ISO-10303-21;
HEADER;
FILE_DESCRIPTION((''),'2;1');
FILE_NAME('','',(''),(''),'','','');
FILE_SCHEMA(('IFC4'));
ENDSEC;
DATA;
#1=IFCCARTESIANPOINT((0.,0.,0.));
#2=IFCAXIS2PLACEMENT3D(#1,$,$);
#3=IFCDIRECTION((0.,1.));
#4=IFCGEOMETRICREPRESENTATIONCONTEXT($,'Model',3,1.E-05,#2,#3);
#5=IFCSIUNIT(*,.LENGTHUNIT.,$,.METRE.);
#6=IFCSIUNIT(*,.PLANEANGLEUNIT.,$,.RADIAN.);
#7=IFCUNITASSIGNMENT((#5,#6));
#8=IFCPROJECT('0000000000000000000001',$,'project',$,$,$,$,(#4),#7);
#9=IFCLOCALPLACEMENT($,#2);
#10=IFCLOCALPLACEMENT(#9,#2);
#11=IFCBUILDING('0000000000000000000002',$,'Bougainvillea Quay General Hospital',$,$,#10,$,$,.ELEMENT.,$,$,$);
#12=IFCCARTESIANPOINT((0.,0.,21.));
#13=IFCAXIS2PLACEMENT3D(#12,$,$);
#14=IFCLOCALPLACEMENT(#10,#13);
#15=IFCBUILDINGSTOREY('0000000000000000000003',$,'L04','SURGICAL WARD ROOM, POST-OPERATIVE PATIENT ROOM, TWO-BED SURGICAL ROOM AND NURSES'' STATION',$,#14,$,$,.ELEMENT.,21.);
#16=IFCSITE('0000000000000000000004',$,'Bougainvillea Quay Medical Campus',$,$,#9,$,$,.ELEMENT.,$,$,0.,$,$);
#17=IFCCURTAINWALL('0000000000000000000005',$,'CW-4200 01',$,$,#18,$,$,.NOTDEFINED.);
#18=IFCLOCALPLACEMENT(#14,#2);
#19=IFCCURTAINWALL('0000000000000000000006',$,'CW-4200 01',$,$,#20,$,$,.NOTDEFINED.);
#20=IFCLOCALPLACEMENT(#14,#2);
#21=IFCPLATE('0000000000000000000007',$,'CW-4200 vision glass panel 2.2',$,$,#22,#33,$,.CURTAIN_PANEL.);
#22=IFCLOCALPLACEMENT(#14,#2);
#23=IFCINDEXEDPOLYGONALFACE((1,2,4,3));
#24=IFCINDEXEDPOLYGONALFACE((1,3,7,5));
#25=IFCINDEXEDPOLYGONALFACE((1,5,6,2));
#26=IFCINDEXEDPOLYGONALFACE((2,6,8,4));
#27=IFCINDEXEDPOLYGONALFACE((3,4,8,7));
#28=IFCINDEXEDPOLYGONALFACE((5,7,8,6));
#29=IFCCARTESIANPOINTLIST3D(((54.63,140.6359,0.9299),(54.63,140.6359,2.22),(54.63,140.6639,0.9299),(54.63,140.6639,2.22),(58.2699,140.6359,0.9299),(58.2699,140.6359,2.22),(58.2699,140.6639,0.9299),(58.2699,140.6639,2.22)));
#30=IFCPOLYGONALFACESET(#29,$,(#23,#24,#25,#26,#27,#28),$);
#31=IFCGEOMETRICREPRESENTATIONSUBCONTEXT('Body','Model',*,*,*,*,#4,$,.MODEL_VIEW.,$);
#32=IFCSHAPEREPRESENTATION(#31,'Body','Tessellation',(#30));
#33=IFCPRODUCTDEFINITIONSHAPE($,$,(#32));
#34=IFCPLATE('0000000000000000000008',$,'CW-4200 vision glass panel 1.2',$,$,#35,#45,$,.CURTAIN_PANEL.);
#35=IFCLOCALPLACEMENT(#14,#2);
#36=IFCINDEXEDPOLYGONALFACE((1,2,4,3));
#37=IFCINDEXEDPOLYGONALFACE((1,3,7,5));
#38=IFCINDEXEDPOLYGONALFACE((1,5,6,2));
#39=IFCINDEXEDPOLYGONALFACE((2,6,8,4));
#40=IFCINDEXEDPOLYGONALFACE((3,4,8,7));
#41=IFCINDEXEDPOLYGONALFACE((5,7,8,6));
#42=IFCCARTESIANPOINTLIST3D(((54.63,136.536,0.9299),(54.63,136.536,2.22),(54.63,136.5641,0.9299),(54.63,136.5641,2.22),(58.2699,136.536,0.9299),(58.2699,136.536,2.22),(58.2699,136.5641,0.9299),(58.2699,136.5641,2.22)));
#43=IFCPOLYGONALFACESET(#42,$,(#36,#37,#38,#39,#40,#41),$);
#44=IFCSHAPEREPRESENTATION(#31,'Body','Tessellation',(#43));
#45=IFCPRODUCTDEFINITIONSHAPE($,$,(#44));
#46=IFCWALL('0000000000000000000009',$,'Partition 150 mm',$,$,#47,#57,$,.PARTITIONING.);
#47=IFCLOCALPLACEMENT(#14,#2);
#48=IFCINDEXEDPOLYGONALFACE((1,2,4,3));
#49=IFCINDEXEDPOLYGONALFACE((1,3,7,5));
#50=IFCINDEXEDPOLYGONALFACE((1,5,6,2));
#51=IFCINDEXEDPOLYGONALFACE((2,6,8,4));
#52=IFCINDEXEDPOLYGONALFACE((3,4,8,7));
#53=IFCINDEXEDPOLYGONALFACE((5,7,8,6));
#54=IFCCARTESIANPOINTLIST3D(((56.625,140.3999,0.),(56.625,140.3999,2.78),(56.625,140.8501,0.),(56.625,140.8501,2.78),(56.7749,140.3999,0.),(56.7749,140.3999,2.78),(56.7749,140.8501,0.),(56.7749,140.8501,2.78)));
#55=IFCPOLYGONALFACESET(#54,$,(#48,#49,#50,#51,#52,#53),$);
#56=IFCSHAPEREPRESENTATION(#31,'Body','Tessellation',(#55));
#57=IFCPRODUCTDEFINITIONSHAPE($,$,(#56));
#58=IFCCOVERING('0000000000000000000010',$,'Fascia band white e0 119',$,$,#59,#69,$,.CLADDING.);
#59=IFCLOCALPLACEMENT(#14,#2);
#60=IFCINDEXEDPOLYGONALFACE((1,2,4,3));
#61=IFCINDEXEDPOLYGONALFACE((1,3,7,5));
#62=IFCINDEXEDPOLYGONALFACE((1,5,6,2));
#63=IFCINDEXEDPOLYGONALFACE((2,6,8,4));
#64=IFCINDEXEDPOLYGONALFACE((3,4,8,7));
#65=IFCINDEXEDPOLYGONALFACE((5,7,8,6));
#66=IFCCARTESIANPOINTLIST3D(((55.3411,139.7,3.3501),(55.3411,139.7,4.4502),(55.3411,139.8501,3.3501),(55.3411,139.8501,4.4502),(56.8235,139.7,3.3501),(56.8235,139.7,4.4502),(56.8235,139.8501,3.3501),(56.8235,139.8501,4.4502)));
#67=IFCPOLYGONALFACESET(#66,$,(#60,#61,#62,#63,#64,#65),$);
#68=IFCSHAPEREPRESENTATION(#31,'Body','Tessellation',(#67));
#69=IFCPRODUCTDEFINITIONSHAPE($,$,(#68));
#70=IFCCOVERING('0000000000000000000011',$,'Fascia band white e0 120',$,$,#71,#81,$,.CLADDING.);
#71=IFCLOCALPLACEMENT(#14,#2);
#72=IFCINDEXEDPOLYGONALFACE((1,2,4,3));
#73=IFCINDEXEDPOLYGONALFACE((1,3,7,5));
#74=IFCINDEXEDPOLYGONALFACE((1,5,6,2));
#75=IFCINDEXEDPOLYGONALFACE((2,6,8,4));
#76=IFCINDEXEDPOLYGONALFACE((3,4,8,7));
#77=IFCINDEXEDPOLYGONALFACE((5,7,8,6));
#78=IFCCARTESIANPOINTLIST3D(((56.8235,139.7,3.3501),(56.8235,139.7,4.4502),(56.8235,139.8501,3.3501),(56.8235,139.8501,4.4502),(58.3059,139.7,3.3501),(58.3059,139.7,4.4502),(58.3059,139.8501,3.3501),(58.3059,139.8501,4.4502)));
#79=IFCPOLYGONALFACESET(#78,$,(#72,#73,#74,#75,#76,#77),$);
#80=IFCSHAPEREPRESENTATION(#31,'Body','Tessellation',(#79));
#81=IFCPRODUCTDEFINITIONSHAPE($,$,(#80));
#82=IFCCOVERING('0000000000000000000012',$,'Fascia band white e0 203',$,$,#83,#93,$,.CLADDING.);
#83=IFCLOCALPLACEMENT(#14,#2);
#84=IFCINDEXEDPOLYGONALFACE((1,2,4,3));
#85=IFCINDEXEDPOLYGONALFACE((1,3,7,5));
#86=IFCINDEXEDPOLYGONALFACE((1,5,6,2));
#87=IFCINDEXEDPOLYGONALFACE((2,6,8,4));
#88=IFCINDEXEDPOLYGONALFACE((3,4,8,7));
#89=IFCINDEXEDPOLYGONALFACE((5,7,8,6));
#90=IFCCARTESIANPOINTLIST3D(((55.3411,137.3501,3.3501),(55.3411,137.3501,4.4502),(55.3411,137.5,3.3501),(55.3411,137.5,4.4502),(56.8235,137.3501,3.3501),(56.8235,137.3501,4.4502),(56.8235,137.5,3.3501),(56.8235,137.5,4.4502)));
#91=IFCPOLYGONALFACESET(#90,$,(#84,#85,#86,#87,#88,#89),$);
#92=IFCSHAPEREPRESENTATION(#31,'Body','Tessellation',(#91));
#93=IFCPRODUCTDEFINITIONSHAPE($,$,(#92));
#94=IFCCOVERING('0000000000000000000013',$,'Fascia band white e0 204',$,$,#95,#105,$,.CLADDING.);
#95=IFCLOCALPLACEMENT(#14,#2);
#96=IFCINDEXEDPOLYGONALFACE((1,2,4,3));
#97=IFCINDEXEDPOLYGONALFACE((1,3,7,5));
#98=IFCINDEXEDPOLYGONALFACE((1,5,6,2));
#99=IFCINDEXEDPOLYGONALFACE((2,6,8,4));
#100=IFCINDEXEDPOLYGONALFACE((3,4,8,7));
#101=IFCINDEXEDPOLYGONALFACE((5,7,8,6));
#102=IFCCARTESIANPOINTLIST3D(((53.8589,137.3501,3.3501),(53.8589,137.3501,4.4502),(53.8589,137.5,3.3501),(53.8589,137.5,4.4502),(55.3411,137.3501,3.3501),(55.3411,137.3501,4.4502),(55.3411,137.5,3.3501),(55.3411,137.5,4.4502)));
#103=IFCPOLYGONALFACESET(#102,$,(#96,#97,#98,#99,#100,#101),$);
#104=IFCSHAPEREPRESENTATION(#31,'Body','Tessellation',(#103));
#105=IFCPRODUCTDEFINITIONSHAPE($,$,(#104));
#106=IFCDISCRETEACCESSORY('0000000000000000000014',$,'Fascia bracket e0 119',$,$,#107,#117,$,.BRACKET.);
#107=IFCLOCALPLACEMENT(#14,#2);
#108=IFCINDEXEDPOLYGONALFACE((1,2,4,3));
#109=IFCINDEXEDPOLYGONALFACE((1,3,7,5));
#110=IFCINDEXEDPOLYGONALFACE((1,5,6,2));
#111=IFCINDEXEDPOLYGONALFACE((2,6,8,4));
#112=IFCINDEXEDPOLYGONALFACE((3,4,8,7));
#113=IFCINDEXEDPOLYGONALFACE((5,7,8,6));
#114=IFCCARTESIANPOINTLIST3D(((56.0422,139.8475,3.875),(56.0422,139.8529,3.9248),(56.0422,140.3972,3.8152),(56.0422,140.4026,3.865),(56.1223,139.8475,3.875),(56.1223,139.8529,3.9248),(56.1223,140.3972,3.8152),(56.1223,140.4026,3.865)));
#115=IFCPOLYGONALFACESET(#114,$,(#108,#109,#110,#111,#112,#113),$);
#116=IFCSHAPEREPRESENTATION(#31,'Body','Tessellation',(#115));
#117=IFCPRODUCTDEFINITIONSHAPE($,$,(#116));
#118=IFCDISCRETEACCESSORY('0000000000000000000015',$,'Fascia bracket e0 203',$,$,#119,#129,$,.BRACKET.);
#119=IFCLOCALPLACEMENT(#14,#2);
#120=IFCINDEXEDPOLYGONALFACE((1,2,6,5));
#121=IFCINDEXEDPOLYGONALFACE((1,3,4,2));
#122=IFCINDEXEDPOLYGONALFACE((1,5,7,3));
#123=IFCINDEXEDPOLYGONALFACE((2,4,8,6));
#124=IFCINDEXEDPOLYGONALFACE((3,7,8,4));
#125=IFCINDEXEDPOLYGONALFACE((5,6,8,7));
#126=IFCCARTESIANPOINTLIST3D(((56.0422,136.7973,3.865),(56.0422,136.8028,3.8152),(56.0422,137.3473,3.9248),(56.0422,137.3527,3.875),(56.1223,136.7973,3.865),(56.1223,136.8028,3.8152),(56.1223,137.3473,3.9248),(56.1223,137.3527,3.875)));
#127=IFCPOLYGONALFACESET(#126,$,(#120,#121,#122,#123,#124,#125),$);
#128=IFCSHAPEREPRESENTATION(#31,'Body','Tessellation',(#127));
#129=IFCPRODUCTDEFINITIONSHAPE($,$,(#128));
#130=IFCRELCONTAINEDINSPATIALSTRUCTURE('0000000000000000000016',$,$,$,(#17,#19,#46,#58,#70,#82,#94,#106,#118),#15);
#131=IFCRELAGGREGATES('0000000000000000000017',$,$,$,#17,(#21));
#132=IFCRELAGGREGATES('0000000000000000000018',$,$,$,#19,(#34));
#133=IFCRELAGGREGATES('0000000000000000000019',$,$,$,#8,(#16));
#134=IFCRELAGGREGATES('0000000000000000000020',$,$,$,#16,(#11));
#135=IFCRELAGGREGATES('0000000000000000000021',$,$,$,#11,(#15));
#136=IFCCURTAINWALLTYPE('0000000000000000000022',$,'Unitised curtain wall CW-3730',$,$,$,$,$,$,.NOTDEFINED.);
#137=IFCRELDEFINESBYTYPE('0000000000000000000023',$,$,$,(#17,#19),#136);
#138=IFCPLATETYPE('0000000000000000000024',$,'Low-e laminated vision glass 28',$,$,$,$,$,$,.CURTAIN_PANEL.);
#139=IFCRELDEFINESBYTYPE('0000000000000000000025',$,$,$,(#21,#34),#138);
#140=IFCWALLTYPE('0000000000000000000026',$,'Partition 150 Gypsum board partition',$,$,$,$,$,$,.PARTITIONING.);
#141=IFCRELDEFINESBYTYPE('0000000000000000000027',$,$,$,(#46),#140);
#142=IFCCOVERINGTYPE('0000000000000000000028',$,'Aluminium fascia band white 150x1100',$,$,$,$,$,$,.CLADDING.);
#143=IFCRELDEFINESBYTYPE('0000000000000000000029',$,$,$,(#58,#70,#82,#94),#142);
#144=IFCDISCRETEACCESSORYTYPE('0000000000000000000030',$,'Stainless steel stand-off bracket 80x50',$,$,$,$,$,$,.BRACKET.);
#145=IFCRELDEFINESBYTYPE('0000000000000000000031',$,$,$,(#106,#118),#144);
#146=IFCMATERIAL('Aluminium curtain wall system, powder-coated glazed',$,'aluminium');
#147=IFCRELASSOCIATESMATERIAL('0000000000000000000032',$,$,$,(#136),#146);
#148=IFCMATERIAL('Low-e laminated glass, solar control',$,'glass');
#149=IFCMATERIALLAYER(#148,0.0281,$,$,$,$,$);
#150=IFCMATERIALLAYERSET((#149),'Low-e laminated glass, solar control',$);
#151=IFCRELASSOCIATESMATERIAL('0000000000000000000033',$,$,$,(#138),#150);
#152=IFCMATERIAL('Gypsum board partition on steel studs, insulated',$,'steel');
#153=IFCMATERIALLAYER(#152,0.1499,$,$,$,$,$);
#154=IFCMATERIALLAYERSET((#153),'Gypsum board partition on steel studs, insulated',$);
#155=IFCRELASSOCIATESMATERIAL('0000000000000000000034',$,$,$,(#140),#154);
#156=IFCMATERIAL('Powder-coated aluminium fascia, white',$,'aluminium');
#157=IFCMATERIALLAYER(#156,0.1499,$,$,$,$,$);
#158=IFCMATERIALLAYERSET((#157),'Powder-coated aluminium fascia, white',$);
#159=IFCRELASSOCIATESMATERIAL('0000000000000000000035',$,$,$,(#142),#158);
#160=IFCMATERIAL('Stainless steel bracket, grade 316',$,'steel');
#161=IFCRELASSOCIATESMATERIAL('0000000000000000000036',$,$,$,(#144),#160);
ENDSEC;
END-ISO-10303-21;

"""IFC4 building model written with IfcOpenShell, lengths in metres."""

from ifc_helpers import new_model, si_unit, direction, frame, frame_2d, origin, origin_2d, place, context, subcontext, project, spatial, polyline, rectangle, outline, extrude, material, layer, layer_set, material_profile, profile_set, type_object, element, aggregate, save


model = new_model("IFC4")

# Units and contexts
model_context = context("Model", 3, precision=1e-05, world=origin(), true_north=direction((0.0, 1.0)))
body_context = subcontext(model_context, "Body", "Model", "MODEL_VIEW")
ifc_project = project(units=[si_unit("LENGTHUNIT", "METRE"), si_unit("PLANEANGLEUNIT", "RADIAN")], contexts=[model_context])

# Site, building, storey
site_placement = place(None, origin())
site = spatial("IfcSite", under=ifc_project, at=site_placement, Name="Bougainvillea Quay Medical Campus", CompositionType="ELEMENT", RefElevation=0.0)
building_placement = place(site_placement, origin())
building = spatial("IfcBuilding", under=site, at=building_placement, Name="Bougainvillea Quay General Hospital", CompositionType="ELEMENT")
storey_placement = place(building_placement, frame((0.0, 0.0, 21.0)))
storey = spatial("IfcBuildingStorey", under=building, at=storey_placement, Name="L04", Description="SURGICAL WARD ROOM, POST-OPERATIVE PATIENT ROOM, TWO-BED SURGICAL ROOM AND NURSES' STATION", CompositionType="ELEMENT", Elevation=21.0)

# Curtain walls
ifc_material_1 = material(Name="Aluminium curtain wall system, powder-coated glazed", Category="aluminium")
curtain_wall_type = type_object("IfcCurtainWallType", Name="Unitised curtain wall CW-3730", PredefinedType="NOTDEFINED", material=ifc_material_1)
curtain_wall_1_placement = place(storey_placement, origin())
curtain_wall_1 = element("IfcCurtainWall", 1, at=curtain_wall_1_placement, inside=storey, type_object=curtain_wall_type, Name="CW-4200 01", PredefinedType="NOTDEFINED")
curtain_wall_2_placement = place(storey_placement, origin())
curtain_wall_2 = element("IfcCurtainWall", 2, at=curtain_wall_2_placement, inside=storey, type_object=curtain_wall_type, Name="CW-4200 01", PredefinedType="NOTDEFINED")

# Plates
ifc_material_2 = material(Name="Low-e laminated glass, solar control", Category="glass")
ifc_layer_1 = layer(ifc_material_2, 0.0281)
ifc_layer_set_1 = layer_set([ifc_layer_1], Name="Low-e laminated glass, solar control")
plate_type_1 = type_object("IfcPlateType", Name="Low-e laminated vision glass 28", PredefinedType="CURTAIN_PANEL", material=ifc_layer_set_1)
plate_1_placement = place(storey_placement, frame((56.45, 140.6499, 0.9299), z_axis=(0.0, 0.0, 1.0), x_axis=(1.0, 0.0, 0.0)))
plate_1 = element("IfcPlate", 3, at=plate_1_placement, type_object=plate_type_1, Name="CW-4200 vision glass panel 2.2", PredefinedType="CURTAIN_PANEL", context=body_context, shape_type="SweptSolid", body=[
    extrude(rectangle(XDim=3.6399, YDim=0.0281, at=origin_2d()), origin(), (0.0, 0.0, 1.0), 1.29),
])
aggregate(curtain_wall_1, [plate_1])
plate_2_placement = place(storey_placement, frame((56.45, 136.55, 0.9299), z_axis=(0.0, 0.0, 1.0), x_axis=(-1.0, 0.0, 0.0)))
plate_2 = element("IfcPlate", 4, at=plate_2_placement, type_object=plate_type_1, Name="CW-4200 vision glass panel 1.2", PredefinedType="CURTAIN_PANEL", context=body_context, shape_type="SweptSolid", body=[
    extrude(rectangle(XDim=3.6399, YDim=0.0281, at=origin_2d()), origin(), (0.0, 0.0, 1.0), 1.29),
])
aggregate(curtain_wall_2, [plate_2])

# Wall
ifc_material_3 = material(Name="Gypsum board partition on steel studs, insulated", Category="steel")
ifc_layer_2 = layer(ifc_material_3, 0.1499)
ifc_layer_set_2 = layer_set([ifc_layer_2], Name="Gypsum board partition on steel studs, insulated")
wall_type = type_object("IfcWallType", Name="Partition 150 Gypsum board partition", PredefinedType="PARTITIONING", material=ifc_layer_set_2)
wall_placement = place(storey_placement, frame((56.7, 140.3999, 0.0), z_axis=(0.0, 0.0, 1.0), x_axis=(0.0, 1.0, 0.0)))
element("IfcWall", 5, at=wall_placement, inside=storey, type_object=wall_type, Name="Partition 150 mm", PredefinedType="PARTITIONING", context=body_context, shape_type="SweptSolid", body=[
    extrude(rectangle(XDim=0.4502, YDim=0.1499, at=frame_2d((0.2251, 0.0))), origin(), (0.0, 0.0, 1.0), 2.78),
])

# Coverings
ifc_material_4 = material(Name="Powder-coated aluminium fascia, white", Category="aluminium")
ifc_layer_3 = layer(ifc_material_4, 0.1499)
ifc_layer_set_3 = layer_set([ifc_layer_3], Name="Powder-coated aluminium fascia, white")
covering_type = type_object("IfcCoveringType", Name="Aluminium fascia band white 150x1100", PredefinedType="CLADDING", material=ifc_layer_set_3)
for number, where, z_axis, x_axis, name in (
    (6, (55.3411, 139.8501, 3.3501), (0.0, 0.0, 1.0), (1.0, 0.0, 0.0), "Fascia band white e0 119"),
    (7, (56.8235, 139.8501, 3.3501), (0.0, 0.0, 1.0), (1.0, 0.0, 0.0), "Fascia band white e0 120"),
):
    element("IfcCovering", number, at=place(storey_placement, frame(where, z_axis=z_axis, x_axis=x_axis)), inside=storey, type_object=covering_type, Name=name, PredefinedType="CLADDING", context=body_context, shape_type="SweptSolid", body=[
        extrude(outline(polyline([(0.0, 0.0), (1.4824, 0.0), (1.4824, -0.1501), (0.0, -0.1501), (0.0, 0.0)])), origin(), (0.0, 0.0, 1.0), 1.1001),
    ])
covering_1_placement = place(storey_placement, frame((56.8235, 137.3501, 3.3501), z_axis=(0.0, 0.0, 1.0), x_axis=(-1.0, 0.0, 0.0)))
element("IfcCovering", 8, at=covering_1_placement, inside=storey, type_object=covering_type, Name="Fascia band white e0 203", PredefinedType="CLADDING", context=body_context, shape_type="SweptSolid", body=[
    extrude(outline(polyline([(0.0, 0.0), (1.4824, 0.0), (1.4824, -0.1499), (0.0, -0.1499), (0.0, 0.0)])), origin(), (0.0, 0.0, 1.0), 1.1001),
])
covering_2_placement = place(storey_placement, frame((55.3411, 137.3501, 3.3501), z_axis=(0.0, 0.0, 1.0), x_axis=(-1.0, 0.0, 0.0)))
element("IfcCovering", 9, at=covering_2_placement, inside=storey, type_object=covering_type, Name="Fascia band white e0 204", PredefinedType="CLADDING", context=body_context, shape_type="SweptSolid", body=[
    extrude(outline(polyline([(0.0, 0.0), (1.4822, 0.0), (1.4822, -0.1499), (0.0, -0.1499), (0.0, 0.0)])), origin(), (0.0, 0.0, 1.0), 1.1001),
])

# Discrete accessories
ifc_material_5 = material(Name="Stainless steel bracket, grade 316", Category="steel")
ifc_material_profile_1 = material_profile(ifc_material_5, rectangle(XDim=0.0801, YDim=0.05, at=origin_2d()))
ifc_profile_set_1 = profile_set([ifc_material_profile_1], Name="Stainless steel bracket, grade 316")
discrete_accessory_type = type_object("IfcDiscreteAccessoryType", Name="Stainless steel stand-off bracket 80x50", PredefinedType="BRACKET", material=ifc_profile_set_1)
discrete_accessory_1_placement = place(storey_placement, frame((56.0823, 140.3999, 3.8401), z_axis=(0.0, -0.994134, 0.108154), x_axis=(1.0, 0.0, 0.0)))
element("IfcDiscreteAccessory", 10, at=discrete_accessory_1_placement, inside=storey, type_object=discrete_accessory_type, Name="Fascia bracket e0 119", PredefinedType="BRACKET", context=body_context, shape_type="SweptSolid", body=[
    extrude(rectangle(XDim=0.0801, YDim=0.05, at=origin_2d()), origin(), (0.0, 0.0, 1.0), 0.553),
])
discrete_accessory_2_placement = place(storey_placement, frame((56.0823, 136.8, 3.8401), z_axis=(0.0, 0.994139, 0.108107), x_axis=(-1.0, 0.0, 0.0)))
element("IfcDiscreteAccessory", 11, at=discrete_accessory_2_placement, inside=storey, type_object=discrete_accessory_type, Name="Fascia bracket e0 203", PredefinedType="BRACKET", context=body_context, shape_type="SweptSolid", body=[
    extrude(rectangle(XDim=0.0801, YDim=0.05, at=origin_2d()), origin(), (0.0, 0.0, 1.0), 0.5532),
])

save(model, "model.ifc")
